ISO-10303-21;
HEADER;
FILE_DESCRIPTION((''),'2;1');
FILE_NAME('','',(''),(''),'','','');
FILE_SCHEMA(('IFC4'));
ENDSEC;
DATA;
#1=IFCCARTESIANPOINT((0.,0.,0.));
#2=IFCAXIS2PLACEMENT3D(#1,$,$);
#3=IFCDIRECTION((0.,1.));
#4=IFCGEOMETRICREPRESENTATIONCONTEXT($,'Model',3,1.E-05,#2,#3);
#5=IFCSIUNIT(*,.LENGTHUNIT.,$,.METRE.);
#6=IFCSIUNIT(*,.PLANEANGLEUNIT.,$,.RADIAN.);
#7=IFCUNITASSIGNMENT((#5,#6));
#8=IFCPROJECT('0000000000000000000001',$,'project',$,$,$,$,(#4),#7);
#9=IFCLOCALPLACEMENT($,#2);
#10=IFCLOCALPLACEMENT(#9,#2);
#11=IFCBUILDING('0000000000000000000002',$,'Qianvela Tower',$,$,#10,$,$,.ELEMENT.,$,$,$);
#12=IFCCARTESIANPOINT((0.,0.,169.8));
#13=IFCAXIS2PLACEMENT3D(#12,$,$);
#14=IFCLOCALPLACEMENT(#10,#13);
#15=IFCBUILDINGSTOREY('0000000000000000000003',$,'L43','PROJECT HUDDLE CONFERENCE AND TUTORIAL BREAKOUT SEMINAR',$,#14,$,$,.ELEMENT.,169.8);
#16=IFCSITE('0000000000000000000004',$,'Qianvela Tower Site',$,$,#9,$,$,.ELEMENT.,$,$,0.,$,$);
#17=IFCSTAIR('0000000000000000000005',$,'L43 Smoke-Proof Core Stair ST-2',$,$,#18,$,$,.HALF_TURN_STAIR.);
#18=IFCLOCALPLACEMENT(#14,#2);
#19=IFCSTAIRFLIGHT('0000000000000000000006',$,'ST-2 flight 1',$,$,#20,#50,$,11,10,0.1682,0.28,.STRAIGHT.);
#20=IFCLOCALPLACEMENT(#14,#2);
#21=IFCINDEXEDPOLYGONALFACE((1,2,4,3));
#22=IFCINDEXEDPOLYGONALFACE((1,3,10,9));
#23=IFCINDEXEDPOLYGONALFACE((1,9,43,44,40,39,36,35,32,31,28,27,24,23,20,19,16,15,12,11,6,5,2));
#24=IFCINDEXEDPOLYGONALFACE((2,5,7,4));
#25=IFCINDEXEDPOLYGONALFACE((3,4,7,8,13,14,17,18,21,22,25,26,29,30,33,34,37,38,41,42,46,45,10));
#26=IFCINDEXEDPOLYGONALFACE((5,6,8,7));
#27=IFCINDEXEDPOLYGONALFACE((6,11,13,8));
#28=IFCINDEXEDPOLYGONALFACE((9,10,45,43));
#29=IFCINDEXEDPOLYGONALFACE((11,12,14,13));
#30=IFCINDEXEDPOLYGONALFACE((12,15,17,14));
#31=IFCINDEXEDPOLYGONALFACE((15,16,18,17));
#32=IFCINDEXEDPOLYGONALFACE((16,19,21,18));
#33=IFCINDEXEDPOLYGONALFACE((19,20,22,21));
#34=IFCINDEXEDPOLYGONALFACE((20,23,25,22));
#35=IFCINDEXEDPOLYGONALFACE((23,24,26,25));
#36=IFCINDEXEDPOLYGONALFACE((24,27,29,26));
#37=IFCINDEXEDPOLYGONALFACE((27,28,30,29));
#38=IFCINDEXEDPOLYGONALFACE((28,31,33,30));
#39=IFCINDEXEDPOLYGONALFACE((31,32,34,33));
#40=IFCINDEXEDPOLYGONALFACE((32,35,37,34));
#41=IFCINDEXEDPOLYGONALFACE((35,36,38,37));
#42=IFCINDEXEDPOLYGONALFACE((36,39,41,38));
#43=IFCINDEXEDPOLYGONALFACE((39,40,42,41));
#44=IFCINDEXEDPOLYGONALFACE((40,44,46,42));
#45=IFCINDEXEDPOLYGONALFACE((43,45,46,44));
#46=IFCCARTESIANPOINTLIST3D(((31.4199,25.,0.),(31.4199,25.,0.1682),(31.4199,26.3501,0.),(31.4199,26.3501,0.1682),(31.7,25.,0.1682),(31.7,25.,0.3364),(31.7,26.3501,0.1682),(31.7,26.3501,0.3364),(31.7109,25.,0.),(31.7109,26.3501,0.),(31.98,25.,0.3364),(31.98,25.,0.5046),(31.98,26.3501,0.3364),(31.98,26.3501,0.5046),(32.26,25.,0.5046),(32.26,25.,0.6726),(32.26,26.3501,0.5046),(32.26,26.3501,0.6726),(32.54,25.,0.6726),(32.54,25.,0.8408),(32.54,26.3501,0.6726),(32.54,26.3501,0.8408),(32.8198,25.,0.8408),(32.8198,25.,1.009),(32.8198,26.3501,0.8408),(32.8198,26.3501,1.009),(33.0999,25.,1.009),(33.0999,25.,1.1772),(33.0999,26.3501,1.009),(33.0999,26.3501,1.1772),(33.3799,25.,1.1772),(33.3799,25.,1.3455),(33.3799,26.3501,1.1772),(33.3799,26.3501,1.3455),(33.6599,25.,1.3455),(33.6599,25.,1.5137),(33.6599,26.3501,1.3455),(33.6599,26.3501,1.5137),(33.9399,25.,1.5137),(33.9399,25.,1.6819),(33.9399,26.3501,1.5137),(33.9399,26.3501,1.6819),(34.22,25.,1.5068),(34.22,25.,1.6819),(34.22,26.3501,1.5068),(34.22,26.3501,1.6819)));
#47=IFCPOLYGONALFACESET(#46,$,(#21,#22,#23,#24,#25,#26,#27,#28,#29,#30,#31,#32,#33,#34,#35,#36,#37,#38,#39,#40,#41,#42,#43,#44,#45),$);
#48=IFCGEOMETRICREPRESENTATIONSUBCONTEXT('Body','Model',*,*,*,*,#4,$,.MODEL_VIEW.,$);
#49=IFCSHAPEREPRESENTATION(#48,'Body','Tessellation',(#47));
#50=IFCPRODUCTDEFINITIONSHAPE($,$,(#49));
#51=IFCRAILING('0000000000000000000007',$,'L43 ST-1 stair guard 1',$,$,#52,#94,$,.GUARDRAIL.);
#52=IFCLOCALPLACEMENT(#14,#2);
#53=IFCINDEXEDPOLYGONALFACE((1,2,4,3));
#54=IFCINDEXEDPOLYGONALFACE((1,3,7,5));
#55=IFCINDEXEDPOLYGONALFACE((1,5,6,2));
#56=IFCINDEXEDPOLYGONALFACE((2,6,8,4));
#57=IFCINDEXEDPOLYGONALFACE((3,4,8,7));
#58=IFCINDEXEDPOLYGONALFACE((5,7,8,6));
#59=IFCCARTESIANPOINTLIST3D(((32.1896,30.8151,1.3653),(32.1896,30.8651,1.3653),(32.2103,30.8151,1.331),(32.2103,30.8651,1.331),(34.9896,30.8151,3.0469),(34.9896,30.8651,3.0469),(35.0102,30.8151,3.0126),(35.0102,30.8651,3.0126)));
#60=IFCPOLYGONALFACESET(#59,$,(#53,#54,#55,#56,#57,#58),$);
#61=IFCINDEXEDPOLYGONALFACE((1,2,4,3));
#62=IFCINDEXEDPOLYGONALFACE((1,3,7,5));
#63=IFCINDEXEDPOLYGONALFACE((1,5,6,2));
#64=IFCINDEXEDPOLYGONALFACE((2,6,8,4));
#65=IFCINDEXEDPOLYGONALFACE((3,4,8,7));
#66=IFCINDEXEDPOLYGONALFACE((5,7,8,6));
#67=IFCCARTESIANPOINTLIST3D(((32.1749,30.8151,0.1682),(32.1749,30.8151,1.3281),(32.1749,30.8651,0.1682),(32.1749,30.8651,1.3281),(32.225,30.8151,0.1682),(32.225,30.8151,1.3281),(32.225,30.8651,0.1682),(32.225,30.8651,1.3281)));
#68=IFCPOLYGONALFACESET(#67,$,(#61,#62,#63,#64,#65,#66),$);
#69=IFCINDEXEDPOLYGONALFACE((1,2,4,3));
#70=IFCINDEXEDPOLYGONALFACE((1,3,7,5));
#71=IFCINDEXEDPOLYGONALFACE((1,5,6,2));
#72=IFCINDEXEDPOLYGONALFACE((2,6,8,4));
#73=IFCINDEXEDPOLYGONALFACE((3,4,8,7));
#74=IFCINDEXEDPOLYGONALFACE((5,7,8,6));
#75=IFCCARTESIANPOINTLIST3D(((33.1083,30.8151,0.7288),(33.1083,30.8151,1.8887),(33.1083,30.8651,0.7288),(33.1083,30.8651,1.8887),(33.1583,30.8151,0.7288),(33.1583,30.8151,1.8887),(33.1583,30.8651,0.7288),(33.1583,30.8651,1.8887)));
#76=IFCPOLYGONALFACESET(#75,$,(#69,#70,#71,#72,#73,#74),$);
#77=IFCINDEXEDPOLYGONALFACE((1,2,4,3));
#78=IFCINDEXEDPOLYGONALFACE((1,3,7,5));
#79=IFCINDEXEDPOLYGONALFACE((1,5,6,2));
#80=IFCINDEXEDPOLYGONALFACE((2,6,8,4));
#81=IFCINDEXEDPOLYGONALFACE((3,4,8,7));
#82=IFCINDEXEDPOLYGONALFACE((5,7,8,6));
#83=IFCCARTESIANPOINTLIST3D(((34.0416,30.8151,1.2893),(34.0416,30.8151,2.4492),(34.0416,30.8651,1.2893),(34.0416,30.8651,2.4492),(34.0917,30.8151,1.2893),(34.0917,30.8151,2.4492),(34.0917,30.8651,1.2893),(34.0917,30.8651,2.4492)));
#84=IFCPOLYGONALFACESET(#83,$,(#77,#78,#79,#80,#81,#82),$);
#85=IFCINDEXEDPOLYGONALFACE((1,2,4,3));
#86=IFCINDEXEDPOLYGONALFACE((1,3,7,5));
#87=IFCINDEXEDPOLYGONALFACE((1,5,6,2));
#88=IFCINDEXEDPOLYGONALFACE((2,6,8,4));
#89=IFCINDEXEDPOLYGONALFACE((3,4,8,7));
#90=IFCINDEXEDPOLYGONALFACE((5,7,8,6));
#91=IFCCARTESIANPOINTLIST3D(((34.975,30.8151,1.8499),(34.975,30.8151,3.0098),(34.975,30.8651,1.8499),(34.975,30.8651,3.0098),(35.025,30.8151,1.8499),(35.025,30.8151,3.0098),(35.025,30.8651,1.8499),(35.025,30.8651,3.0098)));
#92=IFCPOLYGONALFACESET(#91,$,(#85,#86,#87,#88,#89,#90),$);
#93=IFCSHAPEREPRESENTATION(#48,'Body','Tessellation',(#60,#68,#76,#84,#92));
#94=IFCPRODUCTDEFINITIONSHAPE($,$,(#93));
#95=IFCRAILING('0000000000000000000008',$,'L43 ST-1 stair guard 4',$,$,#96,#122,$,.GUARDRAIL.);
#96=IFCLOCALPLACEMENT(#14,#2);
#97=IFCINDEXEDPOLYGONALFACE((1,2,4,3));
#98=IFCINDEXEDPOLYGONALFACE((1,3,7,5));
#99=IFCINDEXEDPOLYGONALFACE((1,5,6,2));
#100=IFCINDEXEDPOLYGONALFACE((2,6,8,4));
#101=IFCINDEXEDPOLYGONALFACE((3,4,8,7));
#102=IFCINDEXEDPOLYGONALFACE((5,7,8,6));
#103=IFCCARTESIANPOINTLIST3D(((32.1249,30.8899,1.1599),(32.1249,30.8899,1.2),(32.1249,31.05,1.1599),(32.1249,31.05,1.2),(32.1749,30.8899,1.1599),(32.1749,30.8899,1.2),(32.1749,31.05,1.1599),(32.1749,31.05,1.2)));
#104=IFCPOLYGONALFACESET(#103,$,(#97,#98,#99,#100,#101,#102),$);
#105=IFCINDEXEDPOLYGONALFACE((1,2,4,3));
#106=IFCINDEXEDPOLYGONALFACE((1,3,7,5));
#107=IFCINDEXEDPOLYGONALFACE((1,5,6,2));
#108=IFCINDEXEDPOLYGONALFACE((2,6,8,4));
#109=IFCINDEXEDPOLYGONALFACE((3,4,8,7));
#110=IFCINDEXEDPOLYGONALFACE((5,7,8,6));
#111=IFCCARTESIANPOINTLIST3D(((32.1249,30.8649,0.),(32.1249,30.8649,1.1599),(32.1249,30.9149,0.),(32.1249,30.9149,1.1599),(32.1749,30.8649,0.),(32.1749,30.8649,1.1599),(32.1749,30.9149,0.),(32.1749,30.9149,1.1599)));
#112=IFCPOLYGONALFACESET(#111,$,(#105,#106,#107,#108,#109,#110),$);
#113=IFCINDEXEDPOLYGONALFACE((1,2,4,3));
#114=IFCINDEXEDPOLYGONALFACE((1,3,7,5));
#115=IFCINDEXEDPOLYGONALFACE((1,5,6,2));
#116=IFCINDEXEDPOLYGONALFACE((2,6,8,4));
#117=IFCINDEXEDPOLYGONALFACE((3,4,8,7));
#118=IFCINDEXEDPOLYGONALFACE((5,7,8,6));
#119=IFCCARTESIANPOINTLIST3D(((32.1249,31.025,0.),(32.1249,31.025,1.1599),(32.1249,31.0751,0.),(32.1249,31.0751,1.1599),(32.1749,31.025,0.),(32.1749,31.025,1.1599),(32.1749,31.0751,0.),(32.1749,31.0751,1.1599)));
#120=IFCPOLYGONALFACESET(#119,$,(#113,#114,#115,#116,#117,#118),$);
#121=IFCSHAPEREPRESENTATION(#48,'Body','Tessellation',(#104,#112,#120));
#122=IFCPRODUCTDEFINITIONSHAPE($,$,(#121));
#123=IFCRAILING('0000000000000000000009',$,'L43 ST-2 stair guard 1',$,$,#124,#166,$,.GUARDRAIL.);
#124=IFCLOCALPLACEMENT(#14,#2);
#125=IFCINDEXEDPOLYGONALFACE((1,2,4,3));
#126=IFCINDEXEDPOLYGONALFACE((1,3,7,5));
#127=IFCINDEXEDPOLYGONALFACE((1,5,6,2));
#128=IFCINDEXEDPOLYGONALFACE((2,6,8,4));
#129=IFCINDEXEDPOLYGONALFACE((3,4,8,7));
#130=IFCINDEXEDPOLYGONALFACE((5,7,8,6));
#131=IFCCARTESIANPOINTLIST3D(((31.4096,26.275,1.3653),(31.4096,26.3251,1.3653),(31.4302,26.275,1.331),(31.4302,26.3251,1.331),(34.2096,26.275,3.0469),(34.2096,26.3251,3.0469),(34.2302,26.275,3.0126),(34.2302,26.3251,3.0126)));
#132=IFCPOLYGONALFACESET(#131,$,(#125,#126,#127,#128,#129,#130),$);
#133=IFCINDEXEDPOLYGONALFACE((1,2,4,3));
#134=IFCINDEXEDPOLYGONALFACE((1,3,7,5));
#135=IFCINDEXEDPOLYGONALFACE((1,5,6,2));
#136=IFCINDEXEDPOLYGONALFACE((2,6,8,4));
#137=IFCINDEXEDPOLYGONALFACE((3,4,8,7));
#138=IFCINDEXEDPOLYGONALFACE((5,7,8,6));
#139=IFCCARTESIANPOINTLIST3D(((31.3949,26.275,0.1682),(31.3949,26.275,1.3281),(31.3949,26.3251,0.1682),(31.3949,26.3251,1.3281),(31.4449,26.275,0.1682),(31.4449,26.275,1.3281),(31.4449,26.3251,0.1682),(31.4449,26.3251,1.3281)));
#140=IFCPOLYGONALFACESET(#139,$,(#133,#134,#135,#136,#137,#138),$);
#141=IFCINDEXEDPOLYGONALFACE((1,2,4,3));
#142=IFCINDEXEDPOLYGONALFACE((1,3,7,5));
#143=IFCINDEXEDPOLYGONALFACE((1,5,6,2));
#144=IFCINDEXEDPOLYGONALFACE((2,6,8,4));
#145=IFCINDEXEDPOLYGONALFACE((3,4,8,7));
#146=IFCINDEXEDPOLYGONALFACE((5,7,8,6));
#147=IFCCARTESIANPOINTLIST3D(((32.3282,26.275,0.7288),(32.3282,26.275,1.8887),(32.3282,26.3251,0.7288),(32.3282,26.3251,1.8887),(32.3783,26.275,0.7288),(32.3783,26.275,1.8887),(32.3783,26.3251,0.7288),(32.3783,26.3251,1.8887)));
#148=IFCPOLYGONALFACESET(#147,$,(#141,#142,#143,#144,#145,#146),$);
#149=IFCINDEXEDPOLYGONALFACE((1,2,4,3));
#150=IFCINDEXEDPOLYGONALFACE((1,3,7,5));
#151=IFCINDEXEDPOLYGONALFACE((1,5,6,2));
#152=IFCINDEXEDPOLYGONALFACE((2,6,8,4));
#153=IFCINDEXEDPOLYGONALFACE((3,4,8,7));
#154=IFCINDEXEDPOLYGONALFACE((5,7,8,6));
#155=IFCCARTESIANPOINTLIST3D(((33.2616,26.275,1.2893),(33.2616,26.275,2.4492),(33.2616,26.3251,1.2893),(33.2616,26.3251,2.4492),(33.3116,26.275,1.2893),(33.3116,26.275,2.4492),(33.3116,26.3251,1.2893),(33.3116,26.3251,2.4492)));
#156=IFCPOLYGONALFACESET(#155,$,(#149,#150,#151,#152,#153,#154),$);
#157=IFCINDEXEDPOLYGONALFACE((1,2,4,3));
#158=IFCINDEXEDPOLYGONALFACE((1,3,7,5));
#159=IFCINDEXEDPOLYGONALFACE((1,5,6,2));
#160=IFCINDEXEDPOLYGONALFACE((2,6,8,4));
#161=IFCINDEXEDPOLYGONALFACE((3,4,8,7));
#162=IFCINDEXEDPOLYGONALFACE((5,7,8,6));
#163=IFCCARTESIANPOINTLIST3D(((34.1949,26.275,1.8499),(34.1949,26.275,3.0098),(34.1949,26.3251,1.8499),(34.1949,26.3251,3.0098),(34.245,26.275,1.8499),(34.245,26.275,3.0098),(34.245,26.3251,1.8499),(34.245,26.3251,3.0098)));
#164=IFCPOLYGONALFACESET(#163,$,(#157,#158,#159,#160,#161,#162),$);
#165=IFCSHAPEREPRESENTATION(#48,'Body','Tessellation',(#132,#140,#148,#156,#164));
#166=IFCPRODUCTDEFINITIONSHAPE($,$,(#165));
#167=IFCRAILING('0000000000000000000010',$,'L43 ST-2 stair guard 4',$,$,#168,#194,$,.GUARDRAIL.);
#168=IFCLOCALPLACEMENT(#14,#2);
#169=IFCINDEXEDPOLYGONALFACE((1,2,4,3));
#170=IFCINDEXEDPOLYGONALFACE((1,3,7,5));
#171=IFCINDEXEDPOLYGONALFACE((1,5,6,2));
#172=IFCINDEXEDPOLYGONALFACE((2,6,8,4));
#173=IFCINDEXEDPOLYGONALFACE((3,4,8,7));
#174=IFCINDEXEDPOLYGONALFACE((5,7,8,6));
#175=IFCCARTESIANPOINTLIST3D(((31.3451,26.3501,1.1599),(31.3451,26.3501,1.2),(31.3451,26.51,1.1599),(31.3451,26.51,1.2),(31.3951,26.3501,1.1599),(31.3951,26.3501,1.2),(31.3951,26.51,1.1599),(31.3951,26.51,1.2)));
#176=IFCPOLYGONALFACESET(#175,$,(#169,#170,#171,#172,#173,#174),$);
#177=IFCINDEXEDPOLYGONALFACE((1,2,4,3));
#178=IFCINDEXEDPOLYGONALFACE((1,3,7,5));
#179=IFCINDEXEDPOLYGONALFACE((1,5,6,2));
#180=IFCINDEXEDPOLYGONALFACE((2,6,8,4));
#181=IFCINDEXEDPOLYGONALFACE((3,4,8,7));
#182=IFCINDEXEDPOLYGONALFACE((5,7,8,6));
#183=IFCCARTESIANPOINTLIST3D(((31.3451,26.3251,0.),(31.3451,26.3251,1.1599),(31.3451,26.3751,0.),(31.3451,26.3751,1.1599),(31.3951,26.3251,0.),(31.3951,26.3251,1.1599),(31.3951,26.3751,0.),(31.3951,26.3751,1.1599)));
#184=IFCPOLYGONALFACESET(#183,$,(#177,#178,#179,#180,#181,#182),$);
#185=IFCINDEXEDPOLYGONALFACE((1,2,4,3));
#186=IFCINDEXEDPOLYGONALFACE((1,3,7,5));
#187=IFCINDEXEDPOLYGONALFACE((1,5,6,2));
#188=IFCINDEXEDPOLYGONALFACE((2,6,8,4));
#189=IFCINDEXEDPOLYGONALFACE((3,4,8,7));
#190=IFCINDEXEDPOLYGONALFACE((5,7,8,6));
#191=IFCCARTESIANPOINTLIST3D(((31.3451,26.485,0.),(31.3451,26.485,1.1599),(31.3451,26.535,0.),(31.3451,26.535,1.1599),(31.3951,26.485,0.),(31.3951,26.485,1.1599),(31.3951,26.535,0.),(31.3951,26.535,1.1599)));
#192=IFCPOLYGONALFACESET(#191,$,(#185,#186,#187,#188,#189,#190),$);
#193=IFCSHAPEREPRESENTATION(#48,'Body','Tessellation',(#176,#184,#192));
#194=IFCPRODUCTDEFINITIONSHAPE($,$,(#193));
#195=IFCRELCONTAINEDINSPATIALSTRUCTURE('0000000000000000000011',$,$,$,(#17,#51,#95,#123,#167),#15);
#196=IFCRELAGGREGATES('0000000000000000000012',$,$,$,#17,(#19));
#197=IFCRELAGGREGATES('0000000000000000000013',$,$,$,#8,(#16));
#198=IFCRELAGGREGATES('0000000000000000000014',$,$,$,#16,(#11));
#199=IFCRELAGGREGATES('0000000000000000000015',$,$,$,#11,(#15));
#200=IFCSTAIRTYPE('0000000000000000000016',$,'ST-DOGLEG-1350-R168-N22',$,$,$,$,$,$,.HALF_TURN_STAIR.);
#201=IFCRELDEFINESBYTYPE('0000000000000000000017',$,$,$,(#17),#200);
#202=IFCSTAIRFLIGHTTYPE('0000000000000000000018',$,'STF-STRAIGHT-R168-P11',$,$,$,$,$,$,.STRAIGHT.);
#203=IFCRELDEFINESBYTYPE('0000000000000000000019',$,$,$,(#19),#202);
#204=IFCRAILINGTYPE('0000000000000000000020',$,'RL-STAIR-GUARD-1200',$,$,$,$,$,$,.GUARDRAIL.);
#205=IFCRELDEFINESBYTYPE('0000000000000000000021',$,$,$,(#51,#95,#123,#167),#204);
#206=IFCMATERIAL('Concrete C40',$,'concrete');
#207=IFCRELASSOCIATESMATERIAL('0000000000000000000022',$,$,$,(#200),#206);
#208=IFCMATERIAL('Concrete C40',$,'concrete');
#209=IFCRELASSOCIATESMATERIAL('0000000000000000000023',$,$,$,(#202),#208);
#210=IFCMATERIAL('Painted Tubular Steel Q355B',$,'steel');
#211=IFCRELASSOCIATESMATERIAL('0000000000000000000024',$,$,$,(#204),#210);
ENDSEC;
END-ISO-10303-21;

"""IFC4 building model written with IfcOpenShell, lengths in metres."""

from ifc_helpers import new_model, si_unit, direction, frame, origin, origin_2d, place, context, subcontext, project, spatial, polyline, rectangle, outline, extrude, material, type_object, element, aggregate, save


model = new_model("IFC4")

# Units and contexts
model_context = context("Model", 3, precision=1e-05, world=origin(), true_north=direction((0.0, 1.0)))
body_context = subcontext(model_context, "Body", "Model", "MODEL_VIEW")
ifc_project = project(units=[si_unit("LENGTHUNIT", "METRE"), si_unit("PLANEANGLEUNIT", "RADIAN")], contexts=[model_context])

# Site, building, storey
site_placement = place(None, origin())
site = spatial("IfcSite", under=ifc_project, at=site_placement, Name="Qianvela Tower Site", CompositionType="ELEMENT", RefElevation=0.0)
building_placement = place(site_placement, origin())
building = spatial("IfcBuilding", under=site, at=building_placement, Name="Qianvela Tower", CompositionType="ELEMENT")
storey_placement = place(building_placement, frame((0.0, 0.0, 169.8)))
storey = spatial("IfcBuildingStorey", under=building, at=storey_placement, Name="L43", Description="PROJECT HUDDLE CONFERENCE AND TUTORIAL BREAKOUT SEMINAR", CompositionType="ELEMENT", Elevation=169.8)

# Stair, stair flight
ifc_material_1 = material(Name="Concrete C40", Category="concrete")
stair_type = type_object("IfcStairType", Name="ST-DOGLEG-1350-R168-N22", PredefinedType="HALF_TURN_STAIR", material=ifc_material_1)
ifc_material_2 = material(Name="Concrete C40", Category="concrete")
stair_flight_type = type_object("IfcStairFlightType", Name="STF-STRAIGHT-R168-P11", PredefinedType="STRAIGHT", material=ifc_material_2)
stair_1_placement = place(storey_placement, origin())
stair_1 = element("IfcStair", 1, at=stair_1_placement, inside=storey, type_object=stair_type, Name="L43 Smoke-Proof Core Stair ST-2", PredefinedType="HALF_TURN_STAIR")
stair_flight_1_placement = place(storey_placement, frame((31.4199, 25.675, 0.0), z_axis=(0.0, 0.0, 1.0), x_axis=(1.0, 0.0, 0.0)))
stair_flight_1 = element("IfcStairFlight", 2, at=stair_flight_1_placement, type_object=stair_flight_type, Name="ST-2 flight 1", NumberOfRisers=11, NumberOfTreads=10, PredefinedType="STRAIGHT", RiserHeight=0.1682, TreadLength=0.28, context=body_context, shape_type="SweptSolid", body=[
    extrude(outline(polyline([(0.0, 0.0), (0.0, 0.1682), (0.28, 0.1682), (0.28, 0.3364), (0.5601, 0.3364), (0.5601, 0.5046), (0.8401, 0.5046), (0.8401, 0.6726), (1.1201, 0.6726), (1.1201, 0.8408), (1.3999, 0.8408), (1.3999, 1.009), (1.6799, 1.009), (1.6799, 1.1772), (1.96, 1.1772), (1.96, 1.3455), (2.24, 1.3455), (2.24, 1.5137), (2.52, 1.5137), (2.52, 1.6819), (2.8, 1.6819), (2.8, 1.8501), (2.8, 1.5068), (0.291, 0.0), (0.0, 0.0)])), frame((0.0, 0.675, 0.0), z_axis=(0.0, -1.0, 0.0), x_axis=(1.0, 0.0, 0.0)), (0.0, 0.0, 1.0), 1.3501),
])
aggregate(stair_1, [stair_flight_1])

# Railings
ifc_material_3 = material(Name="Painted Tubular Steel Q355B", Category="steel")
railing_type_1 = type_object("IfcRailingType", Name="RL-STAIR-GUARD-1200", PredefinedType="GUARDRAIL", material=ifc_material_3)
railing_1_placement = place(storey_placement, frame((32.2, 30.8401, 0.1682)))
element("IfcRailing", 3, at=railing_1_placement, inside=storey, type_object=railing_type_1, Name="L43 ST-1 stair guard 1", PredefinedType="GUARDRAIL", context=body_context, shape_type="SweptSolid", body=[
    extrude(rectangle(XDim=0.05, YDim=0.04, at=origin_2d()), frame((0.0, 0.0, 1.1799), z_axis=(0.857275, 0.0, 0.514858), x_axis=(0.0, 1.0, 0.0)), (0.0, 0.0, 1.0), 3.2661),
    extrude(rectangle(XDim=0.05, YDim=0.05, at=origin_2d()), origin(), (0.0, 0.0, 1.0), 1.1599),
    extrude(rectangle(XDim=0.05, YDim=0.05, at=origin_2d()), frame((0.9333, 0.0, 0.5605)), (0.0, 0.0, 1.0), 1.1599),
    extrude(rectangle(XDim=0.05, YDim=0.05, at=origin_2d()), frame((1.8667, 0.0, 1.1211)), (0.0, 0.0, 1.0), 1.1599),
    extrude(rectangle(XDim=0.05, YDim=0.05, at=origin_2d()), frame((2.8, 0.0, 1.6816)), (0.0, 0.0, 1.0), 1.1599),
])
railing_2_placement = place(storey_placement, frame((32.1499, 30.8899, 0.0)))
element("IfcRailing", 4, at=railing_2_placement, inside=storey, type_object=railing_type_1, Name="L43 ST-1 stair guard 4", PredefinedType="GUARDRAIL", context=body_context, shape_type="SweptSolid", body=[
    extrude(rectangle(XDim=0.05, YDim=0.04, at=origin_2d()), frame((0.0, 0.0, 1.1799), z_axis=(0.0, 1.0, 0.0), x_axis=(-1.0, 0.0, 0.0)), (0.0, 0.0, 1.0), 0.1602),
    extrude(rectangle(XDim=0.05, YDim=0.05, at=origin_2d()), origin(), (0.0, 0.0, 1.0), 1.1599),
    extrude(rectangle(XDim=0.05, YDim=0.05, at=origin_2d()), frame((0.0, 0.1602, 0.0)), (0.0, 0.0, 1.0), 1.1599),
])
railing_3_placement = place(storey_placement, frame((31.4199, 26.3, 0.1682)))
element("IfcRailing", 5, at=railing_3_placement, inside=storey, type_object=railing_type_1, Name="L43 ST-2 stair guard 1", PredefinedType="GUARDRAIL", context=body_context, shape_type="SweptSolid", body=[
    extrude(rectangle(XDim=0.05, YDim=0.04, at=origin_2d()), frame((0.0, 0.0, 1.1799), z_axis=(0.857275, 0.0, 0.514858), x_axis=(0.0, 1.0, 0.0)), (0.0, 0.0, 1.0), 3.2661),
    extrude(rectangle(XDim=0.05, YDim=0.05, at=origin_2d()), origin(), (0.0, 0.0, 1.0), 1.1599),
    extrude(rectangle(XDim=0.05, YDim=0.05, at=origin_2d()), frame((0.9333, 0.0, 0.5605)), (0.0, 0.0, 1.0), 1.1599),
    extrude(rectangle(XDim=0.05, YDim=0.05, at=origin_2d()), frame((1.8667, 0.0, 1.1211)), (0.0, 0.0, 1.0), 1.1599),
    extrude(rectangle(XDim=0.05, YDim=0.05, at=origin_2d()), frame((2.8, 0.0, 1.6816)), (0.0, 0.0, 1.0), 1.1599),
])
railing_4_placement = place(storey_placement, frame((31.3701, 26.3501, 0.0)))
element("IfcRailing", 6, at=railing_4_placement, inside=storey, type_object=railing_type_1, Name="L43 ST-2 stair guard 4", PredefinedType="GUARDRAIL", context=body_context, shape_type="SweptSolid", body=[
    extrude(rectangle(XDim=0.05, YDim=0.04, at=origin_2d()), frame((0.0, 0.0, 1.1799), z_axis=(0.0, 1.0, 0.0), x_axis=(-1.0, 0.0, 0.0)), (0.0, 0.0, 1.0), 0.1599),
    extrude(rectangle(XDim=0.05, YDim=0.05, at=origin_2d()), origin(), (0.0, 0.0, 1.0), 1.1599),
    extrude(rectangle(XDim=0.05, YDim=0.05, at=origin_2d()), frame((0.0, 0.1599, 0.0)), (0.0, 0.0, 1.0), 1.1599),
])

save(model, "model.ifc")
